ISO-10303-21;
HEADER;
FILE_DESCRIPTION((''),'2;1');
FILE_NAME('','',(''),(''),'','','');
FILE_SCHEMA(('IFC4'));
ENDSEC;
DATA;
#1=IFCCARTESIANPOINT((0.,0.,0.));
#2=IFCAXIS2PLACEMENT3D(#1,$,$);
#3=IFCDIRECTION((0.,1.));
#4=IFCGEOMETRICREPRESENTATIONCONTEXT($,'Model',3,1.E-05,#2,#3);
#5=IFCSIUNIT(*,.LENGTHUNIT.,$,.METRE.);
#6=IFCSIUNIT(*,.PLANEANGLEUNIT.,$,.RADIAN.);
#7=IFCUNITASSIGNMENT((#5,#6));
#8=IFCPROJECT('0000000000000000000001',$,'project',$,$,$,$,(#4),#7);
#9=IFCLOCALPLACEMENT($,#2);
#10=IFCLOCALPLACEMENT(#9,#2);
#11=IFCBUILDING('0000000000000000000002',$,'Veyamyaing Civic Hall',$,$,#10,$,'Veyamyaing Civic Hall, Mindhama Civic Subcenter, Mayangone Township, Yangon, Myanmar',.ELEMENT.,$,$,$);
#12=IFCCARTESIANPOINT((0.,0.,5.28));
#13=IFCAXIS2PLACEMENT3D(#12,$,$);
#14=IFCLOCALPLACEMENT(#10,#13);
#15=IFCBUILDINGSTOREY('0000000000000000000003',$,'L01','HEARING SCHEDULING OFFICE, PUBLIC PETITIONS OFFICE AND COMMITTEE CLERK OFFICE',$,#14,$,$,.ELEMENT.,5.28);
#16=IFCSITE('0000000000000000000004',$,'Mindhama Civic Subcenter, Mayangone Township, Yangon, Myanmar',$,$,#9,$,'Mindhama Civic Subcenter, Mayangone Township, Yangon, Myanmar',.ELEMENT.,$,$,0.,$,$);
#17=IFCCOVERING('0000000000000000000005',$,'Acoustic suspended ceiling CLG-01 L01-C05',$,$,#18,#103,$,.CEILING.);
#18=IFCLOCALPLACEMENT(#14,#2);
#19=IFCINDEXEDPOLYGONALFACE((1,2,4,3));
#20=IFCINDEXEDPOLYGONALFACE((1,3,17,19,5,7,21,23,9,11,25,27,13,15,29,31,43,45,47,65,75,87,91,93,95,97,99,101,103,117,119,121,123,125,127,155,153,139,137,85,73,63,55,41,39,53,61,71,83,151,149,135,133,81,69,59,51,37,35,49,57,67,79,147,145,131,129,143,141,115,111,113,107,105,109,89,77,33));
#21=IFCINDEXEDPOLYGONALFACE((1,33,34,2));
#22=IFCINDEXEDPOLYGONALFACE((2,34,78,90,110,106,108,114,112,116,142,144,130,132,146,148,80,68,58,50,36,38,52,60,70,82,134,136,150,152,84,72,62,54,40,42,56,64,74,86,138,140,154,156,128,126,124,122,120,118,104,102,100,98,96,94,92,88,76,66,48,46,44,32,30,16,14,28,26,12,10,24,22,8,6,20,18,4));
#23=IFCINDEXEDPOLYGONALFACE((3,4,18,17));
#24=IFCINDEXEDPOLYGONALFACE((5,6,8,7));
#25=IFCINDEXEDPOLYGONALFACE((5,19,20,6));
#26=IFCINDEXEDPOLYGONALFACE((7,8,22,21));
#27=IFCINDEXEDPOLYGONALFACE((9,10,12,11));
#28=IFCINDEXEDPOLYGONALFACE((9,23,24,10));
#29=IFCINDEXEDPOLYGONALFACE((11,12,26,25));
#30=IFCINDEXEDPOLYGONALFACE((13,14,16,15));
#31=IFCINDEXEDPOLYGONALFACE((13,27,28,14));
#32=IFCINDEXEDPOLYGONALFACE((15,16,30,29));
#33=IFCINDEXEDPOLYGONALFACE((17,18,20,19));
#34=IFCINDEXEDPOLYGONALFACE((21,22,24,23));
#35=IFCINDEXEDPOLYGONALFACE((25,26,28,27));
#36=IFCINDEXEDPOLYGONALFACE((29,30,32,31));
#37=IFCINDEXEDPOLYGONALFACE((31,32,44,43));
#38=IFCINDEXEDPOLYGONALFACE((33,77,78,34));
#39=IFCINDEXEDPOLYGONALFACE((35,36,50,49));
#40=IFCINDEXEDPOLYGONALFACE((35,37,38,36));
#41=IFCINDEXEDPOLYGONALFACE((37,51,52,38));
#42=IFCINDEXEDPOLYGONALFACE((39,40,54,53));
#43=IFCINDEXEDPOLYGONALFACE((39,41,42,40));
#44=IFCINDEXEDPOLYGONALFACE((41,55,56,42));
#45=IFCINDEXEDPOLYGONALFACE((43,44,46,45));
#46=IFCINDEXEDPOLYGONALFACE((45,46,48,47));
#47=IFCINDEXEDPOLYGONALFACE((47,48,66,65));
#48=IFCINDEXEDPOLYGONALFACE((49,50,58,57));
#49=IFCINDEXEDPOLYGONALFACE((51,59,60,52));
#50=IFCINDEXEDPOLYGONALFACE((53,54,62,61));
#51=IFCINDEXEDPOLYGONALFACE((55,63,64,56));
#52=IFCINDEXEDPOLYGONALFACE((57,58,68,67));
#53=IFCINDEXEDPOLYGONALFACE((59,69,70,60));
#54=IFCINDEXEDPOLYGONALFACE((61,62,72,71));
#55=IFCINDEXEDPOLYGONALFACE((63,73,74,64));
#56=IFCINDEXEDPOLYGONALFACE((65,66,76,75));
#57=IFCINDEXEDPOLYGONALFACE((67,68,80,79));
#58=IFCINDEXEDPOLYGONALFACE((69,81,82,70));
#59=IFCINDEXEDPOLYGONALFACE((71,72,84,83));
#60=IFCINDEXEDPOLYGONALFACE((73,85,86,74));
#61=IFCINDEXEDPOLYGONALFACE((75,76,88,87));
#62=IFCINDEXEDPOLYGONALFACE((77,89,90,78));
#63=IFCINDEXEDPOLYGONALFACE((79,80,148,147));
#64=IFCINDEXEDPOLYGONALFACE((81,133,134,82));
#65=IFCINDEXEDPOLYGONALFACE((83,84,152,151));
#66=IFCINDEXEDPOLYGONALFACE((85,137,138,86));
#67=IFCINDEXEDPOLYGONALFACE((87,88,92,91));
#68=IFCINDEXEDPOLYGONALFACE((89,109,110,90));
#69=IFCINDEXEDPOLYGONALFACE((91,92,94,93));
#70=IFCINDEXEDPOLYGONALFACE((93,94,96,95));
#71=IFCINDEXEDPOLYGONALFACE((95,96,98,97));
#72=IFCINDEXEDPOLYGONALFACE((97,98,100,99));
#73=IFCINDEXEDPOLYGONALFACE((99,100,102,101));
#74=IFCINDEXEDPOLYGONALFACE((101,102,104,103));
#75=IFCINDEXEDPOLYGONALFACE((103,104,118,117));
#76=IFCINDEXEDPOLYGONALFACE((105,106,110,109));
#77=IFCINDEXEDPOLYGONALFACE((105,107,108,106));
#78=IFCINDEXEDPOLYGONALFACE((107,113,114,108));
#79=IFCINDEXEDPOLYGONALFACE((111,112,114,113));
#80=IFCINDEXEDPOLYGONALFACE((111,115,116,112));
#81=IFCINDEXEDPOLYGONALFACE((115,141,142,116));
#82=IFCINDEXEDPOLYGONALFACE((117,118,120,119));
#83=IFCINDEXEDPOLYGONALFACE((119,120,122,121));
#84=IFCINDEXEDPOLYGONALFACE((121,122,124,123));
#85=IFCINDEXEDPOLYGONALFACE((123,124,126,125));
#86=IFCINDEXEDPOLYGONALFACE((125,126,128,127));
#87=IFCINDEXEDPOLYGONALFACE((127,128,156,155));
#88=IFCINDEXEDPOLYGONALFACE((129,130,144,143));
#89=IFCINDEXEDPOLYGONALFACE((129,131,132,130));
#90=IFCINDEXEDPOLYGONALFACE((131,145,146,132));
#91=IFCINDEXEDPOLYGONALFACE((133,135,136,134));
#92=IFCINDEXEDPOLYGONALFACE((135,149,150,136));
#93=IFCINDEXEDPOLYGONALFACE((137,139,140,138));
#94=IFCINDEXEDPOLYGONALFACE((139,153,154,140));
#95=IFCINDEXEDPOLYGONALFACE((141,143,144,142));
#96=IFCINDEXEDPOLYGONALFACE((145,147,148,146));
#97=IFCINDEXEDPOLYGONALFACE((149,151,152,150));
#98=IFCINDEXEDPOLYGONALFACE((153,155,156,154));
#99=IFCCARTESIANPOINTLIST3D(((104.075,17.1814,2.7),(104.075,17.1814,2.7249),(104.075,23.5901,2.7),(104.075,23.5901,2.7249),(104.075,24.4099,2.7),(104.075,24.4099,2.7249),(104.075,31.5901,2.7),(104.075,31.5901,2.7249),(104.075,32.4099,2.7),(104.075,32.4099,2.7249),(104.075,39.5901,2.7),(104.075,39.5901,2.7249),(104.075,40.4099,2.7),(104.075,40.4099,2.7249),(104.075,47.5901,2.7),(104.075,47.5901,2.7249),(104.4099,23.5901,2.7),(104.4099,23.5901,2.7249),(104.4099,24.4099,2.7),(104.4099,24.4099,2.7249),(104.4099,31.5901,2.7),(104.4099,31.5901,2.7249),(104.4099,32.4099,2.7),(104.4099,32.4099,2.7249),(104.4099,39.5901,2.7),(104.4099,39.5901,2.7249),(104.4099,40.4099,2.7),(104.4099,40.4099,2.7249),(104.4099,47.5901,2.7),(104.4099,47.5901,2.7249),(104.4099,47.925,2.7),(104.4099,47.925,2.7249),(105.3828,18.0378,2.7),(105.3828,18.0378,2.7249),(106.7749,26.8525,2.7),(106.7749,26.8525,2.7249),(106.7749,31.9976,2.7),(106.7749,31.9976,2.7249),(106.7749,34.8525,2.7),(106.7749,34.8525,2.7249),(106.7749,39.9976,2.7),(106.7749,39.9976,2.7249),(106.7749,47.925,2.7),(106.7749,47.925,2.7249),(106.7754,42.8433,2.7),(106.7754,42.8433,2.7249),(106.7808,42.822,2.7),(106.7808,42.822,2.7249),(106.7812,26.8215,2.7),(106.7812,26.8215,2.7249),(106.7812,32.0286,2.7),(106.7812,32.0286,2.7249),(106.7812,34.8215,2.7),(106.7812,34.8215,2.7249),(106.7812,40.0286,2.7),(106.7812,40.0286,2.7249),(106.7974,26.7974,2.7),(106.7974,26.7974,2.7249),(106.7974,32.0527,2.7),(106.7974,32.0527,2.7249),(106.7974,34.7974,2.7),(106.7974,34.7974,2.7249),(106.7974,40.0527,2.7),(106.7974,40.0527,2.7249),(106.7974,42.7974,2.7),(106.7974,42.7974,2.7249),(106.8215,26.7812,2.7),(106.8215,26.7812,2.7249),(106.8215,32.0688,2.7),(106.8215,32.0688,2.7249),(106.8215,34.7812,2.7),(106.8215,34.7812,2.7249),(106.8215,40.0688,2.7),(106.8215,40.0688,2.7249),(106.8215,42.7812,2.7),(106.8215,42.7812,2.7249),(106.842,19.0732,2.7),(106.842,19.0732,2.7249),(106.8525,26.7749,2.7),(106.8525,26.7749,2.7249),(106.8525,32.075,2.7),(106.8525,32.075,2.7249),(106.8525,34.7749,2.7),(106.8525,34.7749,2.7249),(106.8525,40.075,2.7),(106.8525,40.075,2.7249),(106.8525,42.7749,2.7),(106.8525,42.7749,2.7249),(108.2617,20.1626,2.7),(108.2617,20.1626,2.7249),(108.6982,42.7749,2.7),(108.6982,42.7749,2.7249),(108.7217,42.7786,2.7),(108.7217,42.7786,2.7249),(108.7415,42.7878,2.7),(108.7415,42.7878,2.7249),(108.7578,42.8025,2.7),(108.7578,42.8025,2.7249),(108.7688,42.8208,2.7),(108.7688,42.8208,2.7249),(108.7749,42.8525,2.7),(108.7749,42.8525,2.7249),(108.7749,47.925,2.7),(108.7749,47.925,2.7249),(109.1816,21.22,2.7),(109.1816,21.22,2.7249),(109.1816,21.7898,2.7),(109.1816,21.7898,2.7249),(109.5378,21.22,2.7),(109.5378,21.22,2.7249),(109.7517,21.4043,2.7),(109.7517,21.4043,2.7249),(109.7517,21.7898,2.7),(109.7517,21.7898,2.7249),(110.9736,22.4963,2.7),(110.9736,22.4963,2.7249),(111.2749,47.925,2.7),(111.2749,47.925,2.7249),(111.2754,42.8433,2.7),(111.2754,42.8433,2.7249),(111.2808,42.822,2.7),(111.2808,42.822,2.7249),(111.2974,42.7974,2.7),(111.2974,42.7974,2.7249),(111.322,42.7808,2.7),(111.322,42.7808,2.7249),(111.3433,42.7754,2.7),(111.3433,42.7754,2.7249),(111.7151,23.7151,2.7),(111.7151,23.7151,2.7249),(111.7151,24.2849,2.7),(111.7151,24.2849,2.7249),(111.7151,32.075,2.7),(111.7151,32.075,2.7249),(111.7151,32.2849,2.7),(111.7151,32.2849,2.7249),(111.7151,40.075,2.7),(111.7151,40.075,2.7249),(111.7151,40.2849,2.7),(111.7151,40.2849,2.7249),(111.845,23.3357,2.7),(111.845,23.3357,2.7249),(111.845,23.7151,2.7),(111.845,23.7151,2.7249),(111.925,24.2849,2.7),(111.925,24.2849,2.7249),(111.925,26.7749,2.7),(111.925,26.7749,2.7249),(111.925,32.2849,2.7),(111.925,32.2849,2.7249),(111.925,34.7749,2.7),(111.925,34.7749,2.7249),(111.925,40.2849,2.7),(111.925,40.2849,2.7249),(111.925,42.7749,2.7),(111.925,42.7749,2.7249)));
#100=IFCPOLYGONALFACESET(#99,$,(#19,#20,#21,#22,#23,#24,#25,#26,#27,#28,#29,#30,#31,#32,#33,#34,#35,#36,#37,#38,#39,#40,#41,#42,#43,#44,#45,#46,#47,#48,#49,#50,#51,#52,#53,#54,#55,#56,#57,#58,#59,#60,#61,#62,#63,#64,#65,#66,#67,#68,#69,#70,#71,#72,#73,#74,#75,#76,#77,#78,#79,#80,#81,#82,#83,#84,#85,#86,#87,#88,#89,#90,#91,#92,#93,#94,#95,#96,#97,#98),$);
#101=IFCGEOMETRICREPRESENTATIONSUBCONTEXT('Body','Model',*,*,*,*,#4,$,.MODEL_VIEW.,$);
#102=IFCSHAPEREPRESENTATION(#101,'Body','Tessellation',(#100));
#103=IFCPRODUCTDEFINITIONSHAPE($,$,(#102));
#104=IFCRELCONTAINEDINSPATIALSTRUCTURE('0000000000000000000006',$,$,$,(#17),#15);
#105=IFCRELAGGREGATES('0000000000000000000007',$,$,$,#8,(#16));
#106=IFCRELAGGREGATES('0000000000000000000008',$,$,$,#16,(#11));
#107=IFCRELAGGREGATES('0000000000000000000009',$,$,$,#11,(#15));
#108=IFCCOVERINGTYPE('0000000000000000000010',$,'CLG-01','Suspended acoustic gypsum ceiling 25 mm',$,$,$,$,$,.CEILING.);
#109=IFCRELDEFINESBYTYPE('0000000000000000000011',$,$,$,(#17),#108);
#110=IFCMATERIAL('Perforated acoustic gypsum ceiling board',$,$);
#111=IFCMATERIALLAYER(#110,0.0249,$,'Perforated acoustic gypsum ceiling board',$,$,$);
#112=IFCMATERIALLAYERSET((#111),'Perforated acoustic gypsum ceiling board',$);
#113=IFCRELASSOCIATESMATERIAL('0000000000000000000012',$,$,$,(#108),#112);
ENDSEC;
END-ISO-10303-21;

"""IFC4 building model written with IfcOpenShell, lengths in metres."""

from ifc_helpers import new_model, si_unit, direction, frame, origin, place, context, subcontext, project, spatial, polyline, outline, extrude, material, layer, layer_set, type_object, element, save


model = new_model("IFC4")

# Units and contexts
model_context = context("Model", 3, precision=1e-05, world=origin(), true_north=direction((0.0, 1.0)))
body_context = subcontext(model_context, "Body", "Model", "MODEL_VIEW")
ifc_project = project(units=[si_unit("LENGTHUNIT", "METRE"), si_unit("PLANEANGLEUNIT", "RADIAN")], contexts=[model_context])

# Site, building, storey
site_placement = place(None, origin())
site = spatial("IfcSite", under=ifc_project, at=site_placement, Name="Mindhama Civic Subcenter, Mayangone Township, Yangon, Myanmar", LongName="Mindhama Civic Subcenter, Mayangone Township, Yangon, Myanmar", CompositionType="ELEMENT", RefElevation=0.0)
building_placement = place(site_placement, origin())
building = spatial("IfcBuilding", under=site, at=building_placement, Name="Veyamyaing Civic Hall", LongName="Veyamyaing Civic Hall, Mindhama Civic Subcenter, Mayangone Township, Yangon, Myanmar", CompositionType="ELEMENT")
storey_placement = place(building_placement, frame((0.0, 0.0, 5.28)))
storey = spatial("IfcBuildingStorey", under=building, at=storey_placement, Name="L01", Description="HEARING SCHEDULING OFFICE, PUBLIC PETITIONS OFFICE AND COMMITTEE CLERK OFFICE", CompositionType="ELEMENT", Elevation=5.28)

# Covering
ifc_material_1 = material(Name="Perforated acoustic gypsum ceiling board")
ifc_layer_1 = layer(ifc_material_1, 0.0249, Name="Perforated acoustic gypsum ceiling board")
ifc_layer_set_1 = layer_set([ifc_layer_1], Name="Perforated acoustic gypsum ceiling board")
covering_type_1 = type_object("IfcCoveringType", Name="CLG-01", Description="Suspended acoustic gypsum ceiling 25 mm", PredefinedType="CEILING", material=ifc_layer_set_1)
covering_1_placement = place(storey_placement, frame((0.0, 0.0, 2.7)))
element("IfcCovering", 1, at=covering_1_placement, inside=storey, type_object=covering_type_1, Name="Acoustic suspended ceiling CLG-01 L01-C05", PredefinedType="CEILING", context=body_context, shape_type="SweptSolid", body=[
    extrude(outline(polyline([(106.7808, 42.822), (106.7974, 42.7974), (106.8215, 42.7812), (106.8525, 42.7749), (108.6982, 42.7749), (108.7217, 42.7786), (108.7415, 42.7878), (108.7578, 42.8025), (108.7688, 42.8208), (108.7749, 42.8525), (108.7749, 47.925), (111.2749, 47.925), (111.2754, 42.8433), (111.2808, 42.822), (111.2974, 42.7974), (111.322, 42.7808), (111.3433, 42.7754), (111.925, 42.7749), (111.925, 40.2849), (111.7151, 40.2849), (111.7151, 40.075), (106.8525, 40.075), (106.8215, 40.0688), (106.7974, 40.0527), (106.7812, 40.0286), (106.7749, 39.9976), (106.7749, 34.8525), (106.7812, 34.8215), (106.7974, 34.7974), (106.8215, 34.7812), (106.8525, 34.7749), (111.925, 34.7749), (111.925, 32.2849), (111.7151, 32.2849), (111.7151, 32.075), (106.8525, 32.075), (106.8215, 32.0688), (106.7974, 32.0527), (106.7812, 32.0286), (106.7749, 31.9976), (106.7749, 26.8525), (106.7812, 26.8215), (106.7974, 26.7974), (106.8215, 26.7812), (106.8525, 26.7749), (111.925, 26.7749), (111.925, 24.2849), (111.7151, 24.2849), (111.7151, 23.7151), (111.845, 23.7151), (111.845, 23.3357), (110.9736, 22.4963), (109.7517, 21.4043), (109.7517, 21.7898), (109.1816, 21.7898), (109.1816, 21.22), (109.5378, 21.22), (108.2617, 20.1626), (106.842, 19.0732), (105.3828, 18.0378), (104.075, 17.1814), (104.075, 23.5901), (104.4099, 23.5901), (104.4099, 24.4099), (104.075, 24.4099), (104.075, 31.5901), (104.4099, 31.5901), (104.4099, 32.4099), (104.075, 32.4099), (104.075, 39.5901), (104.4099, 39.5901), (104.4099, 40.4099), (104.075, 40.4099), (104.075, 47.5901), (104.4099, 47.5901), (104.4099, 47.925), (106.7749, 47.925), (106.7754, 42.8433), (106.7808, 42.822)])), origin(), (0.0, 0.0, 1.0), 0.0249),
])

save(model, "model.ifc")
